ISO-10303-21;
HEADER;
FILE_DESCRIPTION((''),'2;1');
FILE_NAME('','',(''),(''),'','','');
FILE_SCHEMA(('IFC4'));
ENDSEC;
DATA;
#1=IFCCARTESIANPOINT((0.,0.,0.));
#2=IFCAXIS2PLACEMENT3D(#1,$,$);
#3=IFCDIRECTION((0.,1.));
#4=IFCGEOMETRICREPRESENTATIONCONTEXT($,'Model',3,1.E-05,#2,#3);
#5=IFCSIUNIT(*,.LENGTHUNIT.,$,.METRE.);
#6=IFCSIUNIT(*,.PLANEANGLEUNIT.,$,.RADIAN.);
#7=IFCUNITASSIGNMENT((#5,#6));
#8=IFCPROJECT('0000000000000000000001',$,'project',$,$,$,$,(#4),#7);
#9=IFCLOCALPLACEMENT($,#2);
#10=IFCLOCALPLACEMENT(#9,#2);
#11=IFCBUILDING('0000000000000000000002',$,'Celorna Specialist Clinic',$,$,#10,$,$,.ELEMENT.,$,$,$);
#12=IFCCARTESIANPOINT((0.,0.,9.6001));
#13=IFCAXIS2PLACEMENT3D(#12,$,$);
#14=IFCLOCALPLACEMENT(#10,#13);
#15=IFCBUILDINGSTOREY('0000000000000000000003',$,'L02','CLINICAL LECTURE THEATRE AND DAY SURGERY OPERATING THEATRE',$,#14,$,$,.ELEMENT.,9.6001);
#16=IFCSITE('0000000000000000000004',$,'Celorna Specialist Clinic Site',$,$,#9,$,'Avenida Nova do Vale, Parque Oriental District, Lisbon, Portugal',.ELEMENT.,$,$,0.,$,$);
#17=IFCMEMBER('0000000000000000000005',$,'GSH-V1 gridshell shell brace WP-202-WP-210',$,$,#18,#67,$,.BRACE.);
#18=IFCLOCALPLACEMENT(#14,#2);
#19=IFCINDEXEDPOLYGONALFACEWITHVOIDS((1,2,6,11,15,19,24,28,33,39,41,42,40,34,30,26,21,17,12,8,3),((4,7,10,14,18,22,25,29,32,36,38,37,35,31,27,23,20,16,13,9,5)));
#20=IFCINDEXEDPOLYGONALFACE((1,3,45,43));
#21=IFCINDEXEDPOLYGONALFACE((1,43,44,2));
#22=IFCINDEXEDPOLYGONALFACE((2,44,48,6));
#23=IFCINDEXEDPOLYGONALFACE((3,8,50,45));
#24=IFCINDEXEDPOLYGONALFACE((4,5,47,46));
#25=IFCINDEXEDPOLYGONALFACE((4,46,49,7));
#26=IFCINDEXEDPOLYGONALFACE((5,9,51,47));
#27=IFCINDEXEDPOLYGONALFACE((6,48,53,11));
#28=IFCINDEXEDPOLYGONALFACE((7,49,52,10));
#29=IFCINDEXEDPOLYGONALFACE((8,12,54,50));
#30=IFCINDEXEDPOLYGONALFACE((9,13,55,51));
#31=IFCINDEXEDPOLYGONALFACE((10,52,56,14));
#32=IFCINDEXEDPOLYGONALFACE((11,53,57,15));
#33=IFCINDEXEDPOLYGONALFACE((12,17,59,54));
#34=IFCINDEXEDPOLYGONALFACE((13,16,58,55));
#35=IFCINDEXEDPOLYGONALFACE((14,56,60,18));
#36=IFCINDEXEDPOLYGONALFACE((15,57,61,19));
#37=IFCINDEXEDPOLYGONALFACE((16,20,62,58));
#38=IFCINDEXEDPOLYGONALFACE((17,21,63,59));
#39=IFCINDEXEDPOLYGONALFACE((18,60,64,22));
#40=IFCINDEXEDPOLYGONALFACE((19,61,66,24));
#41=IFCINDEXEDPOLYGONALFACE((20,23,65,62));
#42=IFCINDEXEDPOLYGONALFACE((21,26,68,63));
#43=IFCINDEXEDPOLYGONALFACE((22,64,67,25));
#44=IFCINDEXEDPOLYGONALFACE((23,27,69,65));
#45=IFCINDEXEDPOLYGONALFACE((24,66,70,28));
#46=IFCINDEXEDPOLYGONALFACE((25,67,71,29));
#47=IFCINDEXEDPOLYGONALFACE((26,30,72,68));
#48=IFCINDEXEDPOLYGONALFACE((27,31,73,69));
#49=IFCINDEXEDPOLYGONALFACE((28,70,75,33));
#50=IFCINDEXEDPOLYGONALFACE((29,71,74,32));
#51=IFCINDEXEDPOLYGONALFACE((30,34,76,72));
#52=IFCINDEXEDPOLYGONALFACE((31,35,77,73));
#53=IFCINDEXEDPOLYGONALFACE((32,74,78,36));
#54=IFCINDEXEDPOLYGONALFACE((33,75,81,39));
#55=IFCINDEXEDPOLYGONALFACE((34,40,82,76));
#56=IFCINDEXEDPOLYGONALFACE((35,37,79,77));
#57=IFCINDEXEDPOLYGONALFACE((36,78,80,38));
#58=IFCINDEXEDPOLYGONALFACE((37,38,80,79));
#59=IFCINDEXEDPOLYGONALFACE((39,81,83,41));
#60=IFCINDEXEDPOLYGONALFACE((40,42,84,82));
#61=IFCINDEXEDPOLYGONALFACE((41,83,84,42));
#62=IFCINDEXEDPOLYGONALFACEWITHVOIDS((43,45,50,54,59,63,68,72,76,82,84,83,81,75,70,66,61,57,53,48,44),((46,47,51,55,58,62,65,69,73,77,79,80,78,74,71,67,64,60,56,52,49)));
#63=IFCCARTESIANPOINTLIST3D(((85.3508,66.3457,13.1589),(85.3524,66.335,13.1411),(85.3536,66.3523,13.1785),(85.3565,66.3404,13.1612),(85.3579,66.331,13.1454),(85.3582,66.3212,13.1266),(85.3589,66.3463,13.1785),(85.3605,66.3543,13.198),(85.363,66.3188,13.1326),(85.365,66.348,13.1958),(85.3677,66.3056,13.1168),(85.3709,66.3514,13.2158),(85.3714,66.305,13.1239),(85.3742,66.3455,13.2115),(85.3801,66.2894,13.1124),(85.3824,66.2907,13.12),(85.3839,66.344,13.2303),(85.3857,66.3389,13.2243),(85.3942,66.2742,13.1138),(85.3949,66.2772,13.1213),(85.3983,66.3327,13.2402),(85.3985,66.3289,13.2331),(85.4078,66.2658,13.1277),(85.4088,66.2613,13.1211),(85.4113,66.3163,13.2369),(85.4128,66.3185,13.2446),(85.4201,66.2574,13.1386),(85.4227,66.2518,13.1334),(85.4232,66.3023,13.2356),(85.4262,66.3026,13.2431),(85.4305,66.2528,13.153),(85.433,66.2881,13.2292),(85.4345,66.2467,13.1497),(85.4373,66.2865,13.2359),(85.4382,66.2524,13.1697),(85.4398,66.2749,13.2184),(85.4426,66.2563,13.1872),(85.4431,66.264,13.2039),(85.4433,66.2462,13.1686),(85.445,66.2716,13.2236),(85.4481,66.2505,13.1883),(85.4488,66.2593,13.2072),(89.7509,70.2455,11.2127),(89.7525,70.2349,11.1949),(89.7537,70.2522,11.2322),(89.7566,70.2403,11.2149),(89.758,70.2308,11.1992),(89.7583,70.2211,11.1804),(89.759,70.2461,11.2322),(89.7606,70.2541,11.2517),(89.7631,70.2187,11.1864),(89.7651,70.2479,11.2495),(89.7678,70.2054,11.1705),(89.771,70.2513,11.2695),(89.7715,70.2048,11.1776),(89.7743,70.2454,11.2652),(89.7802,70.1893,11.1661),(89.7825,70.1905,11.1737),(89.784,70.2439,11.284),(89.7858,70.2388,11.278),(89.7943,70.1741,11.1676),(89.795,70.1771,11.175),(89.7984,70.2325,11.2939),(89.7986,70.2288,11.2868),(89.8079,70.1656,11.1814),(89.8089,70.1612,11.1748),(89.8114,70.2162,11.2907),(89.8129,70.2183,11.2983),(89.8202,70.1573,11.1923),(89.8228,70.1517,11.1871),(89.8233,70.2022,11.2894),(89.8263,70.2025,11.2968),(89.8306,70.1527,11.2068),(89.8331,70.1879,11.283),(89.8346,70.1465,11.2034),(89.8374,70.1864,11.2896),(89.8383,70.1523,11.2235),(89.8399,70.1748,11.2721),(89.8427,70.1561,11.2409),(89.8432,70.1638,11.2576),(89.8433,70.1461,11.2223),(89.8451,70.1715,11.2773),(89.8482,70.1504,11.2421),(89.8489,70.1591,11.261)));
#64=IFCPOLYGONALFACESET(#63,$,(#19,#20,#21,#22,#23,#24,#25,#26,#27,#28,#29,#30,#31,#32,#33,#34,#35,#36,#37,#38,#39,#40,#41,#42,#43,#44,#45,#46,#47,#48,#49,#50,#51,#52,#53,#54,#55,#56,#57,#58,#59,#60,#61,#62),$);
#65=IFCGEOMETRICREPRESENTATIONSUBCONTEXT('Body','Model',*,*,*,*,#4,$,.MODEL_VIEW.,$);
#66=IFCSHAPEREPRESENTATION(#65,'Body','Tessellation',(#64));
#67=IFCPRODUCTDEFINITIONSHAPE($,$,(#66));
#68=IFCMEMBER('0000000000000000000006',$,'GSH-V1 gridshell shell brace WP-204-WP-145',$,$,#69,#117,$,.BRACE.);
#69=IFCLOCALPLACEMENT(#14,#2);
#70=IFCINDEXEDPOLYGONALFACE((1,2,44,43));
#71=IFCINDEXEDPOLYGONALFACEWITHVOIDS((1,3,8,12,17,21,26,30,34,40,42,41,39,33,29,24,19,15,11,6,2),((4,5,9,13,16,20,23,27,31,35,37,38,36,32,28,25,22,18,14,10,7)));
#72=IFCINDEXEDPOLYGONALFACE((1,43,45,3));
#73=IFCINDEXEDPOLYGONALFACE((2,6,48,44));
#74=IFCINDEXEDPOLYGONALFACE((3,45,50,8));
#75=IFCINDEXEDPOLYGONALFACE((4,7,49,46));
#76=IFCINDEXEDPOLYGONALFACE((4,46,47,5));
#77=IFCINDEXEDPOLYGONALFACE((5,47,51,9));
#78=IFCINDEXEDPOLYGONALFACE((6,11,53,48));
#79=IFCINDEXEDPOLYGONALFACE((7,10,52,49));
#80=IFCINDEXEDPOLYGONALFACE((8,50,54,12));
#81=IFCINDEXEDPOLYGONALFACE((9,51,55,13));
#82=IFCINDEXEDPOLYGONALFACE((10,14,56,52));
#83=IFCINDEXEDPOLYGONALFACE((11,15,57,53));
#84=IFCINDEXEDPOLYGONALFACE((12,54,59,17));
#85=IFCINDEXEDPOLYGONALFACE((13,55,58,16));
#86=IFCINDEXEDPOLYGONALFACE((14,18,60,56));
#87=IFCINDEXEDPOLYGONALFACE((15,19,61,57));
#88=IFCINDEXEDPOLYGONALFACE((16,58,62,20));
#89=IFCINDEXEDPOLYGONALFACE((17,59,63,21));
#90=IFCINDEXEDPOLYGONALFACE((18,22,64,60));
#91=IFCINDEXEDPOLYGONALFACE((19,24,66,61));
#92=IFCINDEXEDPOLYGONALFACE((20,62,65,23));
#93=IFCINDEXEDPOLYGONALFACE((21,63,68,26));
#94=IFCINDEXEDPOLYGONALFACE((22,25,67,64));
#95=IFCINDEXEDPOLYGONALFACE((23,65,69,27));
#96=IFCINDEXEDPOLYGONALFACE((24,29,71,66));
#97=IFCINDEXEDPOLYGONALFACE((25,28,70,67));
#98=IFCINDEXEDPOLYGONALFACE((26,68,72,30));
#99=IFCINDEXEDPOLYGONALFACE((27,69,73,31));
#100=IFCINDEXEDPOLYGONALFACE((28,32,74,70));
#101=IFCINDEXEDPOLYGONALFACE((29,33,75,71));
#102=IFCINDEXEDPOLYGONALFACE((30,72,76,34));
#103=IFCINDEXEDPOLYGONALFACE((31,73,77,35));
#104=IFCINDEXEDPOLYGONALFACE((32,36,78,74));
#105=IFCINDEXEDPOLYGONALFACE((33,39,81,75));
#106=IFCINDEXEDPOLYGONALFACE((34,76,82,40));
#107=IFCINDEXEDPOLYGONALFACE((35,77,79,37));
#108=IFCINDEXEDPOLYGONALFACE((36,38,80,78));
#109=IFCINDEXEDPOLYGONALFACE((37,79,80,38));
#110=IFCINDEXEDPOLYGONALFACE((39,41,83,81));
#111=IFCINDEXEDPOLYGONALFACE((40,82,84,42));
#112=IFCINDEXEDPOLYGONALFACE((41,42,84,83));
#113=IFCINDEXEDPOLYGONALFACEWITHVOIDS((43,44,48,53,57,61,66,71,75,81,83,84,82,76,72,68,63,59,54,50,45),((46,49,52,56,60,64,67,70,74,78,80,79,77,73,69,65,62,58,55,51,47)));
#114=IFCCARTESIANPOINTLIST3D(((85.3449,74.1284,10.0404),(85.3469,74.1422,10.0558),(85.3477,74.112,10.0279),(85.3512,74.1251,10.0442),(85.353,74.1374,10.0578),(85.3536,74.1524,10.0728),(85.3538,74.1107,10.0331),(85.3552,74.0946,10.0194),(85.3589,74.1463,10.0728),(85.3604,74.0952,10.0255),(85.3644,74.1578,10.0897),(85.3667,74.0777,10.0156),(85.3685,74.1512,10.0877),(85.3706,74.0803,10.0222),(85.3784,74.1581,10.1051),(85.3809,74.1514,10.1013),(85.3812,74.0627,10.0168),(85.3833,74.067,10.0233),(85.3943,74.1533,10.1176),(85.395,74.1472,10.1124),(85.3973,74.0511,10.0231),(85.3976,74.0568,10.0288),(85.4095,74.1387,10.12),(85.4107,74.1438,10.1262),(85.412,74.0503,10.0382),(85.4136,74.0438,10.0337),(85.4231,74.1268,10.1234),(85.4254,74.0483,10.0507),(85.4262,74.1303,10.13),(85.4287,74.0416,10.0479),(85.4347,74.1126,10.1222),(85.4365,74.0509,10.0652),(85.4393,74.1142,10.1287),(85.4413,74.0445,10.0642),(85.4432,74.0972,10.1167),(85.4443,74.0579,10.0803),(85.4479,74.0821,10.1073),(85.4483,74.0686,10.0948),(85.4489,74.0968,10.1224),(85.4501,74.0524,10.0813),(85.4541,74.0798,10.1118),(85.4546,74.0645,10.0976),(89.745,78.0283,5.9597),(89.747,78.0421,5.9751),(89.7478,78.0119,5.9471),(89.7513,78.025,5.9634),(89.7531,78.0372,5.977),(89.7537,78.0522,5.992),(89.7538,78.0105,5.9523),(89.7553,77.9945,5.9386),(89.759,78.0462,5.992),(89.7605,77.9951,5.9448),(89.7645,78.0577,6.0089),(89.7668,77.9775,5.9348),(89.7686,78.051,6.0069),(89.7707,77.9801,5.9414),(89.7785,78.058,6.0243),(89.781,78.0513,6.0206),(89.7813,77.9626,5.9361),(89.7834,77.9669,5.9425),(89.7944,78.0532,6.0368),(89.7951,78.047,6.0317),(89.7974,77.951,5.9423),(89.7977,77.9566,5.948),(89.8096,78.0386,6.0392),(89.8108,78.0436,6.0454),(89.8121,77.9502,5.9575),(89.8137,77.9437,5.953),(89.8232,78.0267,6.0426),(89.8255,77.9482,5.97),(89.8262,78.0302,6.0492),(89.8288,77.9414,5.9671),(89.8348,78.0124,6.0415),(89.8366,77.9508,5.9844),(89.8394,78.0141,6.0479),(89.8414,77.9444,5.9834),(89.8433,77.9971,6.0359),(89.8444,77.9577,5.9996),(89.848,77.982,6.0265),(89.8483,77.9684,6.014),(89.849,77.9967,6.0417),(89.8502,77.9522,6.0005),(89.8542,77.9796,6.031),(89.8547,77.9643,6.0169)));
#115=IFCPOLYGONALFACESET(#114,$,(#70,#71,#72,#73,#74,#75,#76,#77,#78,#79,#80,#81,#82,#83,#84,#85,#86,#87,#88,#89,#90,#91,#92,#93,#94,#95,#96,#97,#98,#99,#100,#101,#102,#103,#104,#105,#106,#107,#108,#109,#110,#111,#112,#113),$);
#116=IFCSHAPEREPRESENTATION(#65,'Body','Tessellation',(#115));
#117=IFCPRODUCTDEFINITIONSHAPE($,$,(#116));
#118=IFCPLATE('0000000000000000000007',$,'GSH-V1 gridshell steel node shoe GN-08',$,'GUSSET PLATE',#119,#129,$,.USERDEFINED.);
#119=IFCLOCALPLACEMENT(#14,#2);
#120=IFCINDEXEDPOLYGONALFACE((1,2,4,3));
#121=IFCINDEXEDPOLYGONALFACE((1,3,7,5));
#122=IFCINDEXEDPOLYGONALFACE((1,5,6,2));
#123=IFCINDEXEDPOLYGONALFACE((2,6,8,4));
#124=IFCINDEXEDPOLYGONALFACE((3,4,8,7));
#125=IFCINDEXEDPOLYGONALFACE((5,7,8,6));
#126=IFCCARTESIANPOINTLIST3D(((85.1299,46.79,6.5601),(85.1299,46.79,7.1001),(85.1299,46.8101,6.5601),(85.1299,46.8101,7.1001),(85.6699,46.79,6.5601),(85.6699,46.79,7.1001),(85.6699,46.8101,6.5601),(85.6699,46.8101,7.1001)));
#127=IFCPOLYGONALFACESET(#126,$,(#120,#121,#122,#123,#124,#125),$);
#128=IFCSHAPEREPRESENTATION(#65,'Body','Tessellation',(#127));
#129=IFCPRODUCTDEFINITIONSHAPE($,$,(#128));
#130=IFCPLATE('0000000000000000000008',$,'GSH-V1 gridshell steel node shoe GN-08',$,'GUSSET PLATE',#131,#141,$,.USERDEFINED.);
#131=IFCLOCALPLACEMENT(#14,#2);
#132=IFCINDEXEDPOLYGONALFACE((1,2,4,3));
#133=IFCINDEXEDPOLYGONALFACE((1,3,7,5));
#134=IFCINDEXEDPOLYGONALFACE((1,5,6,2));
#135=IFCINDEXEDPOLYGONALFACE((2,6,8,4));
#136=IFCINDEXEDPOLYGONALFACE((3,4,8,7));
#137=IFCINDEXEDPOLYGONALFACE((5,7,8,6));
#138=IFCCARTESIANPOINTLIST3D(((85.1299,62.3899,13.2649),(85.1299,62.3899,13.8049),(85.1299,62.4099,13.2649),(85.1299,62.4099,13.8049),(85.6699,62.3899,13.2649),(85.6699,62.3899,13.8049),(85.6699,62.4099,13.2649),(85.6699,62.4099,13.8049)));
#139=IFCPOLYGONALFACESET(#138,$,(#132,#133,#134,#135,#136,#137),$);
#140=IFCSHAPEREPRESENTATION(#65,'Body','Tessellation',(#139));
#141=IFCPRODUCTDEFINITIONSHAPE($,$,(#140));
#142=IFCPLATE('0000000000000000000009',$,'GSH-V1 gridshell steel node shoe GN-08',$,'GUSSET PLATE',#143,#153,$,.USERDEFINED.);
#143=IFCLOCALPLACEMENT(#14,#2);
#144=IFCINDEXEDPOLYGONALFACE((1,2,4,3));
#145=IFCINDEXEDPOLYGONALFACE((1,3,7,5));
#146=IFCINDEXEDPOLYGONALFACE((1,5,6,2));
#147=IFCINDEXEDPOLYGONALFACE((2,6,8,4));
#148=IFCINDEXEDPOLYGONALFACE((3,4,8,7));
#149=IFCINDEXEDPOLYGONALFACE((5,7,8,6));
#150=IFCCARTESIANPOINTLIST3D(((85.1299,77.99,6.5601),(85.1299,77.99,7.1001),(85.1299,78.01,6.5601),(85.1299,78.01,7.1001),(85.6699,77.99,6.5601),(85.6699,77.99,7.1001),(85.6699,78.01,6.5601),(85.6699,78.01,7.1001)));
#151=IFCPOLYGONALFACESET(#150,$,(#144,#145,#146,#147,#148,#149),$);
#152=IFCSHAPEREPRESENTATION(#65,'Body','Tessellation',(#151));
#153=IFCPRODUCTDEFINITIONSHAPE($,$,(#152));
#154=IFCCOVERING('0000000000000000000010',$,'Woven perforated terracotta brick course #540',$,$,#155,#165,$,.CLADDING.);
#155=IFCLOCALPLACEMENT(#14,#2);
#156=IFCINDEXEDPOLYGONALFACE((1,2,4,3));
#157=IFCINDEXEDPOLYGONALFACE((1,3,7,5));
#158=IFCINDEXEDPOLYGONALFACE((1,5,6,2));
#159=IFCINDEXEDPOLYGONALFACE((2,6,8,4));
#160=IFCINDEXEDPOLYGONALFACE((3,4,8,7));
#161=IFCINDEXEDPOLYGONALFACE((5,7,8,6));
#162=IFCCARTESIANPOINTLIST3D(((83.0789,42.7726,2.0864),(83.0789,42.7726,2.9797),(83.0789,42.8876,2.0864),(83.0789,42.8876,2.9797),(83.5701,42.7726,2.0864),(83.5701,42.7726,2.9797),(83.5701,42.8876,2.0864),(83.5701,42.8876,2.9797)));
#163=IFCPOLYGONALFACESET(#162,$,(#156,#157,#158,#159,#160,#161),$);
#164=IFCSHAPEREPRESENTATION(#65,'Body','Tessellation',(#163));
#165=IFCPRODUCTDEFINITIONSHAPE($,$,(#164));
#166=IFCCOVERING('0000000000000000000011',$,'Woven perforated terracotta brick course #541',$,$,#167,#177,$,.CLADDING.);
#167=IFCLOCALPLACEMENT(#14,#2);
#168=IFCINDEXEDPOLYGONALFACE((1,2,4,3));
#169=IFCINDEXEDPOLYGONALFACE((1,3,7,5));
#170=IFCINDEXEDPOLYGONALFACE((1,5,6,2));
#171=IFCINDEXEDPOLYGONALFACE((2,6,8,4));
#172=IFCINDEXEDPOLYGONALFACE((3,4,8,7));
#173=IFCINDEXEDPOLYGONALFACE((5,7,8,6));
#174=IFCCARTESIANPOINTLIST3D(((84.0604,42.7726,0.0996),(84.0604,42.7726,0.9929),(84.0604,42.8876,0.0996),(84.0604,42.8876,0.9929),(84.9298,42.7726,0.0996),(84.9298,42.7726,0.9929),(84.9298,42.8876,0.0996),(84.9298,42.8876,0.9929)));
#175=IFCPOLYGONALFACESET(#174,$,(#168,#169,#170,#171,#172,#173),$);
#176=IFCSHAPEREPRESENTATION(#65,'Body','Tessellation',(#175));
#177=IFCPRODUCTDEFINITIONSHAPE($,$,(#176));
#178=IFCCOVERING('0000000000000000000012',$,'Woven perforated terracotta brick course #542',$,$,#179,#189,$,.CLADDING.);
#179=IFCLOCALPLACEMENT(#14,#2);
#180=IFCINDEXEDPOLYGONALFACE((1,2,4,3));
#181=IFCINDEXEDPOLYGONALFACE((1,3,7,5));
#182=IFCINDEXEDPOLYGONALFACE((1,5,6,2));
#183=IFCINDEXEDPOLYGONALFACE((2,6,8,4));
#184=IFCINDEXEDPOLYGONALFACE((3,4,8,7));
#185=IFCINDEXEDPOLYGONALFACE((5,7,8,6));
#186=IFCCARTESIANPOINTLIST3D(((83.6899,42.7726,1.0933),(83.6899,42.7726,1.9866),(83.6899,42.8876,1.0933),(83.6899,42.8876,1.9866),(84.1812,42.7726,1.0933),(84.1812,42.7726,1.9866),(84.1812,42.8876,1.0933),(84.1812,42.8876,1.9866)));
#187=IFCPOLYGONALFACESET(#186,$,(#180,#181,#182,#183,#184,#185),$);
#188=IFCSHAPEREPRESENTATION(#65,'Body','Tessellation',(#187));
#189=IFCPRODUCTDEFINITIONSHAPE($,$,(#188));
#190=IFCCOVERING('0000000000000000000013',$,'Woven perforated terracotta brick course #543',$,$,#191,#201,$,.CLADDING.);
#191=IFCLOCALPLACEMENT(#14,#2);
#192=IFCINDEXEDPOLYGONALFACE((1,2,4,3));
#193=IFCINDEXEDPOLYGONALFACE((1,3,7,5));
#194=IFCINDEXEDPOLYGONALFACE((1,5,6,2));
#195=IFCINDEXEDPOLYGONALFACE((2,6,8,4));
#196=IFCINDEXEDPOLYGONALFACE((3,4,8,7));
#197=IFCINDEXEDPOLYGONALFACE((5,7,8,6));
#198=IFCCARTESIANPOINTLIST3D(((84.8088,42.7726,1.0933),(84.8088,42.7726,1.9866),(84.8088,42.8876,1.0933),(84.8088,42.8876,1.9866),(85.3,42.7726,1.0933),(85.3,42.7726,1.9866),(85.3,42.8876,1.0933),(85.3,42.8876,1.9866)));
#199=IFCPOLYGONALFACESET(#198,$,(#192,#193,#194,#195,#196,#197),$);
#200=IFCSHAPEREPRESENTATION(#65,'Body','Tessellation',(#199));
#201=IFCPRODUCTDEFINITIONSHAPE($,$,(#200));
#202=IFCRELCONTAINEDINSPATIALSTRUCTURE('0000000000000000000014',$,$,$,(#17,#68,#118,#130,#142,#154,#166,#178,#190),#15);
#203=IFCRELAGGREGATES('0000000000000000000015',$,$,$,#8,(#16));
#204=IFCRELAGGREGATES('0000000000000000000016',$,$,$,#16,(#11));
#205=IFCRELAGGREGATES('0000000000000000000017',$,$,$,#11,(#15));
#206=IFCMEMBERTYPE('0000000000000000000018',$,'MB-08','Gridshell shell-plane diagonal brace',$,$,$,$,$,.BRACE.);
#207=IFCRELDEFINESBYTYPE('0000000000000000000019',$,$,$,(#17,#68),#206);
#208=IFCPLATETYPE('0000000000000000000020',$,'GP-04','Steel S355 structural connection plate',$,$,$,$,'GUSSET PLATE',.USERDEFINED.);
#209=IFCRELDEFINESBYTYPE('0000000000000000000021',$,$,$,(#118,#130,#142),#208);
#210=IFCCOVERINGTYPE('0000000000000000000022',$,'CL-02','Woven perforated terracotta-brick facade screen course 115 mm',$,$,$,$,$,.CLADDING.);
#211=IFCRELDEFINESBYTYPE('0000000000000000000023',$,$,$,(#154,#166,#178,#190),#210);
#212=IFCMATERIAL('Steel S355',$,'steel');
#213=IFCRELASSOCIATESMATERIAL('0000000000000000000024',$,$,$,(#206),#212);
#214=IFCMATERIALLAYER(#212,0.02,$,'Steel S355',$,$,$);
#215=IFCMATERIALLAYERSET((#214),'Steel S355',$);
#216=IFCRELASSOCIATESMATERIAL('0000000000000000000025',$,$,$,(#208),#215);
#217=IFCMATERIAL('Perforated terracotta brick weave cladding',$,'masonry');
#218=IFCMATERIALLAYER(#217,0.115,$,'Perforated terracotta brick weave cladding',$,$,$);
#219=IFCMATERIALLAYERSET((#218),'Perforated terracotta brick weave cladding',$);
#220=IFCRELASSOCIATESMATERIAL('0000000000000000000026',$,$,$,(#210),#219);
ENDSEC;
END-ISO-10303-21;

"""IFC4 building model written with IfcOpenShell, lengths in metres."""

from ifc_helpers import new_model, si_unit, direction, frame, origin, origin_2d, place, context, subcontext, project, spatial, rectangle, hollow_circle, extrude, material, layer, layer_set, material_profile, profile_set, type_object, element, save


model = new_model("IFC4")

# Units and contexts
model_context = context("Model", 3, precision=1e-05, world=origin(), true_north=direction((0.0, 1.0)))
body_context = subcontext(model_context, "Body", "Model", "MODEL_VIEW")
ifc_project = project(units=[si_unit("LENGTHUNIT", "METRE"), si_unit("PLANEANGLEUNIT", "RADIAN")], contexts=[model_context])

# Site, building, storey
site_placement = place(None, origin())
site = spatial("IfcSite", under=ifc_project, at=site_placement, Name="Celorna Specialist Clinic Site", LongName="Avenida Nova do Vale, Parque Oriental District, Lisbon, Portugal", CompositionType="ELEMENT", RefElevation=0.0)
building_placement = place(site_placement, origin())
building = spatial("IfcBuilding", under=site, at=building_placement, Name="Celorna Specialist Clinic", CompositionType="ELEMENT")
storey_placement = place(building_placement, frame((0.0, 0.0, 9.6001)))
storey = spatial("IfcBuildingStorey", under=building, at=storey_placement, Name="L02", Description="CLINICAL LECTURE THEATRE AND DAY SURGERY OPERATING THEATRE", CompositionType="ELEMENT", Elevation=9.6001)

# Shared definitions
ifc_material_1 = material(Name="Steel S355", Category="steel")

# Members
ifc_material_profile_1 = material_profile(ifc_material_1, hollow_circle(Radius=0.0698, WallThickness=0.0081, at=origin_2d()), Name="CHS 139.7x8")
ifc_profile_set_1 = profile_set([ifc_material_profile_1], Name="Steel S355")
member_type_1 = type_object("IfcMemberType", Name="MB-08", Description="Gridshell shell-plane diagonal brace", PredefinedType="BRACE", material=ifc_profile_set_1)
member_1_placement = place(storey_placement, frame((85.3999, 66.3, 13.1785), z_axis=(0.710454, 0.629684, -0.314251), x_axis=(-0.663286, 0.748366, 0.0)))
element("IfcMember", 1, at=member_1_placement, inside=storey, type_object=member_type_1, Name="GSH-V1 gridshell shell brace WP-202-WP-210", PredefinedType="BRACE", context=body_context, shape_type="SweptSolid", body=[
    extrude(hollow_circle(Radius=0.0698, WallThickness=0.0081, at=origin_2d()), origin(), (0.0, 0.0, 1.0), 6.1934),
])
member_2_placement = place(storey_placement, frame((85.3999, 74.1001, 10.0728), z_axis=(0.614798, 0.544903, -0.57018), x_axis=(-0.663286, 0.748366, 0.0)))
element("IfcMember", 2, at=member_2_placement, inside=storey, type_object=member_type_1, Name="GSH-V1 gridshell shell brace WP-204-WP-145", PredefinedType="BRACE", context=body_context, shape_type="SweptSolid", body=[
    extrude(hollow_circle(Radius=0.0698, WallThickness=0.0081, at=origin_2d()), origin(), (0.0, 0.0, 1.0), 7.157),
])

# Plates
ifc_layer_1 = layer(ifc_material_1, 0.02, Name="Steel S355")
ifc_layer_set_1 = layer_set([ifc_layer_1], Name="Steel S355")
plate_type = type_object("IfcPlateType", Name="GP-04", Description="Steel S355 structural connection plate", ElementType="GUSSET PLATE", PredefinedType="USERDEFINED", material=ifc_layer_set_1)
for number, where, z_axis, x_axis, name in (
    (3, (85.3999, 46.8, 6.5601), (0.0, 0.0, 1.0), (1.0, 0.0, 0.0), "GSH-V1 gridshell steel node shoe GN-08"),
    (4, (85.3999, 62.3999, 13.2649), (0.0, 0.0, 1.0), (1.0, 0.0, 0.0), "GSH-V1 gridshell steel node shoe GN-08"),
    (5, (85.3999, 78.0, 6.5601), (0.0, 0.0, 1.0), (1.0, 0.0, 0.0), "GSH-V1 gridshell steel node shoe GN-08"),
):
    element("IfcPlate", number, at=place(storey_placement, frame(where, z_axis=z_axis, x_axis=x_axis)), inside=storey, type_object=plate_type, Name=name, ObjectType="GUSSET PLATE", PredefinedType="USERDEFINED", context=body_context, shape_type="SweptSolid", body=[
        extrude(rectangle(XDim=0.54, YDim=0.02, at=origin_2d()), origin(), (0.0, 0.0, 1.0), 0.54),
    ])

# Coverings
ifc_material_2 = material(Name="Perforated terracotta brick weave cladding", Category="masonry")
ifc_layer_2 = layer(ifc_material_2, 0.115, Name="Perforated terracotta brick weave cladding")
ifc_layer_set_2 = layer_set([ifc_layer_2], Name="Perforated terracotta brick weave cladding")
covering_type = type_object("IfcCoveringType", Name="CL-02", Description="Woven perforated terracotta-brick facade screen course 115 mm", PredefinedType="CLADDING", material=ifc_layer_set_2)
covering_1_placement = place(storey_placement, frame((83.3245, 42.8301, 2.0864), z_axis=(0.0, 0.0, 1.0), x_axis=(1.0, 0.0, 0.0)))
element("IfcCovering", 6, at=covering_1_placement, inside=storey, type_object=covering_type, Name="Woven perforated terracotta brick course #540", PredefinedType="CLADDING", context=body_context, shape_type="SweptSolid", body=[
    extrude(rectangle(XDim=0.4912, YDim=0.115, at=origin_2d()), origin(), (0.0, 0.0, 1.0), 0.8933),
])
covering_2_placement = place(storey_placement, frame((84.4951, 42.8301, 0.0996), z_axis=(0.0, 0.0, 1.0), x_axis=(1.0, 0.0, 0.0)))
element("IfcCovering", 7, at=covering_2_placement, inside=storey, type_object=covering_type, Name="Woven perforated terracotta brick course #541", PredefinedType="CLADDING", context=body_context, shape_type="SweptSolid", body=[
    extrude(rectangle(XDim=0.8694, YDim=0.115, at=origin_2d()), origin(), (0.0, 0.0, 1.0), 0.8933),
])
for number, where, z_axis, x_axis, name in (
    (8, (83.9355, 42.8301, 1.0933), (0.0, 0.0, 1.0), (1.0, 0.0, 0.0), "Woven perforated terracotta brick course #542"),
    (9, (85.0544, 42.8301, 1.0933), (0.0, 0.0, 1.0), (1.0, 0.0, 0.0), "Woven perforated terracotta brick course #543"),
):
    element("IfcCovering", number, at=place(storey_placement, frame(where, z_axis=z_axis, x_axis=x_axis)), inside=storey, type_object=covering_type, Name=name, PredefinedType="CLADDING", context=body_context, shape_type="SweptSolid", body=[
        extrude(rectangle(XDim=0.4912, YDim=0.115, at=origin_2d()), origin(), (0.0, 0.0, 1.0), 0.8933),
    ])

save(model, "model.ifc")
